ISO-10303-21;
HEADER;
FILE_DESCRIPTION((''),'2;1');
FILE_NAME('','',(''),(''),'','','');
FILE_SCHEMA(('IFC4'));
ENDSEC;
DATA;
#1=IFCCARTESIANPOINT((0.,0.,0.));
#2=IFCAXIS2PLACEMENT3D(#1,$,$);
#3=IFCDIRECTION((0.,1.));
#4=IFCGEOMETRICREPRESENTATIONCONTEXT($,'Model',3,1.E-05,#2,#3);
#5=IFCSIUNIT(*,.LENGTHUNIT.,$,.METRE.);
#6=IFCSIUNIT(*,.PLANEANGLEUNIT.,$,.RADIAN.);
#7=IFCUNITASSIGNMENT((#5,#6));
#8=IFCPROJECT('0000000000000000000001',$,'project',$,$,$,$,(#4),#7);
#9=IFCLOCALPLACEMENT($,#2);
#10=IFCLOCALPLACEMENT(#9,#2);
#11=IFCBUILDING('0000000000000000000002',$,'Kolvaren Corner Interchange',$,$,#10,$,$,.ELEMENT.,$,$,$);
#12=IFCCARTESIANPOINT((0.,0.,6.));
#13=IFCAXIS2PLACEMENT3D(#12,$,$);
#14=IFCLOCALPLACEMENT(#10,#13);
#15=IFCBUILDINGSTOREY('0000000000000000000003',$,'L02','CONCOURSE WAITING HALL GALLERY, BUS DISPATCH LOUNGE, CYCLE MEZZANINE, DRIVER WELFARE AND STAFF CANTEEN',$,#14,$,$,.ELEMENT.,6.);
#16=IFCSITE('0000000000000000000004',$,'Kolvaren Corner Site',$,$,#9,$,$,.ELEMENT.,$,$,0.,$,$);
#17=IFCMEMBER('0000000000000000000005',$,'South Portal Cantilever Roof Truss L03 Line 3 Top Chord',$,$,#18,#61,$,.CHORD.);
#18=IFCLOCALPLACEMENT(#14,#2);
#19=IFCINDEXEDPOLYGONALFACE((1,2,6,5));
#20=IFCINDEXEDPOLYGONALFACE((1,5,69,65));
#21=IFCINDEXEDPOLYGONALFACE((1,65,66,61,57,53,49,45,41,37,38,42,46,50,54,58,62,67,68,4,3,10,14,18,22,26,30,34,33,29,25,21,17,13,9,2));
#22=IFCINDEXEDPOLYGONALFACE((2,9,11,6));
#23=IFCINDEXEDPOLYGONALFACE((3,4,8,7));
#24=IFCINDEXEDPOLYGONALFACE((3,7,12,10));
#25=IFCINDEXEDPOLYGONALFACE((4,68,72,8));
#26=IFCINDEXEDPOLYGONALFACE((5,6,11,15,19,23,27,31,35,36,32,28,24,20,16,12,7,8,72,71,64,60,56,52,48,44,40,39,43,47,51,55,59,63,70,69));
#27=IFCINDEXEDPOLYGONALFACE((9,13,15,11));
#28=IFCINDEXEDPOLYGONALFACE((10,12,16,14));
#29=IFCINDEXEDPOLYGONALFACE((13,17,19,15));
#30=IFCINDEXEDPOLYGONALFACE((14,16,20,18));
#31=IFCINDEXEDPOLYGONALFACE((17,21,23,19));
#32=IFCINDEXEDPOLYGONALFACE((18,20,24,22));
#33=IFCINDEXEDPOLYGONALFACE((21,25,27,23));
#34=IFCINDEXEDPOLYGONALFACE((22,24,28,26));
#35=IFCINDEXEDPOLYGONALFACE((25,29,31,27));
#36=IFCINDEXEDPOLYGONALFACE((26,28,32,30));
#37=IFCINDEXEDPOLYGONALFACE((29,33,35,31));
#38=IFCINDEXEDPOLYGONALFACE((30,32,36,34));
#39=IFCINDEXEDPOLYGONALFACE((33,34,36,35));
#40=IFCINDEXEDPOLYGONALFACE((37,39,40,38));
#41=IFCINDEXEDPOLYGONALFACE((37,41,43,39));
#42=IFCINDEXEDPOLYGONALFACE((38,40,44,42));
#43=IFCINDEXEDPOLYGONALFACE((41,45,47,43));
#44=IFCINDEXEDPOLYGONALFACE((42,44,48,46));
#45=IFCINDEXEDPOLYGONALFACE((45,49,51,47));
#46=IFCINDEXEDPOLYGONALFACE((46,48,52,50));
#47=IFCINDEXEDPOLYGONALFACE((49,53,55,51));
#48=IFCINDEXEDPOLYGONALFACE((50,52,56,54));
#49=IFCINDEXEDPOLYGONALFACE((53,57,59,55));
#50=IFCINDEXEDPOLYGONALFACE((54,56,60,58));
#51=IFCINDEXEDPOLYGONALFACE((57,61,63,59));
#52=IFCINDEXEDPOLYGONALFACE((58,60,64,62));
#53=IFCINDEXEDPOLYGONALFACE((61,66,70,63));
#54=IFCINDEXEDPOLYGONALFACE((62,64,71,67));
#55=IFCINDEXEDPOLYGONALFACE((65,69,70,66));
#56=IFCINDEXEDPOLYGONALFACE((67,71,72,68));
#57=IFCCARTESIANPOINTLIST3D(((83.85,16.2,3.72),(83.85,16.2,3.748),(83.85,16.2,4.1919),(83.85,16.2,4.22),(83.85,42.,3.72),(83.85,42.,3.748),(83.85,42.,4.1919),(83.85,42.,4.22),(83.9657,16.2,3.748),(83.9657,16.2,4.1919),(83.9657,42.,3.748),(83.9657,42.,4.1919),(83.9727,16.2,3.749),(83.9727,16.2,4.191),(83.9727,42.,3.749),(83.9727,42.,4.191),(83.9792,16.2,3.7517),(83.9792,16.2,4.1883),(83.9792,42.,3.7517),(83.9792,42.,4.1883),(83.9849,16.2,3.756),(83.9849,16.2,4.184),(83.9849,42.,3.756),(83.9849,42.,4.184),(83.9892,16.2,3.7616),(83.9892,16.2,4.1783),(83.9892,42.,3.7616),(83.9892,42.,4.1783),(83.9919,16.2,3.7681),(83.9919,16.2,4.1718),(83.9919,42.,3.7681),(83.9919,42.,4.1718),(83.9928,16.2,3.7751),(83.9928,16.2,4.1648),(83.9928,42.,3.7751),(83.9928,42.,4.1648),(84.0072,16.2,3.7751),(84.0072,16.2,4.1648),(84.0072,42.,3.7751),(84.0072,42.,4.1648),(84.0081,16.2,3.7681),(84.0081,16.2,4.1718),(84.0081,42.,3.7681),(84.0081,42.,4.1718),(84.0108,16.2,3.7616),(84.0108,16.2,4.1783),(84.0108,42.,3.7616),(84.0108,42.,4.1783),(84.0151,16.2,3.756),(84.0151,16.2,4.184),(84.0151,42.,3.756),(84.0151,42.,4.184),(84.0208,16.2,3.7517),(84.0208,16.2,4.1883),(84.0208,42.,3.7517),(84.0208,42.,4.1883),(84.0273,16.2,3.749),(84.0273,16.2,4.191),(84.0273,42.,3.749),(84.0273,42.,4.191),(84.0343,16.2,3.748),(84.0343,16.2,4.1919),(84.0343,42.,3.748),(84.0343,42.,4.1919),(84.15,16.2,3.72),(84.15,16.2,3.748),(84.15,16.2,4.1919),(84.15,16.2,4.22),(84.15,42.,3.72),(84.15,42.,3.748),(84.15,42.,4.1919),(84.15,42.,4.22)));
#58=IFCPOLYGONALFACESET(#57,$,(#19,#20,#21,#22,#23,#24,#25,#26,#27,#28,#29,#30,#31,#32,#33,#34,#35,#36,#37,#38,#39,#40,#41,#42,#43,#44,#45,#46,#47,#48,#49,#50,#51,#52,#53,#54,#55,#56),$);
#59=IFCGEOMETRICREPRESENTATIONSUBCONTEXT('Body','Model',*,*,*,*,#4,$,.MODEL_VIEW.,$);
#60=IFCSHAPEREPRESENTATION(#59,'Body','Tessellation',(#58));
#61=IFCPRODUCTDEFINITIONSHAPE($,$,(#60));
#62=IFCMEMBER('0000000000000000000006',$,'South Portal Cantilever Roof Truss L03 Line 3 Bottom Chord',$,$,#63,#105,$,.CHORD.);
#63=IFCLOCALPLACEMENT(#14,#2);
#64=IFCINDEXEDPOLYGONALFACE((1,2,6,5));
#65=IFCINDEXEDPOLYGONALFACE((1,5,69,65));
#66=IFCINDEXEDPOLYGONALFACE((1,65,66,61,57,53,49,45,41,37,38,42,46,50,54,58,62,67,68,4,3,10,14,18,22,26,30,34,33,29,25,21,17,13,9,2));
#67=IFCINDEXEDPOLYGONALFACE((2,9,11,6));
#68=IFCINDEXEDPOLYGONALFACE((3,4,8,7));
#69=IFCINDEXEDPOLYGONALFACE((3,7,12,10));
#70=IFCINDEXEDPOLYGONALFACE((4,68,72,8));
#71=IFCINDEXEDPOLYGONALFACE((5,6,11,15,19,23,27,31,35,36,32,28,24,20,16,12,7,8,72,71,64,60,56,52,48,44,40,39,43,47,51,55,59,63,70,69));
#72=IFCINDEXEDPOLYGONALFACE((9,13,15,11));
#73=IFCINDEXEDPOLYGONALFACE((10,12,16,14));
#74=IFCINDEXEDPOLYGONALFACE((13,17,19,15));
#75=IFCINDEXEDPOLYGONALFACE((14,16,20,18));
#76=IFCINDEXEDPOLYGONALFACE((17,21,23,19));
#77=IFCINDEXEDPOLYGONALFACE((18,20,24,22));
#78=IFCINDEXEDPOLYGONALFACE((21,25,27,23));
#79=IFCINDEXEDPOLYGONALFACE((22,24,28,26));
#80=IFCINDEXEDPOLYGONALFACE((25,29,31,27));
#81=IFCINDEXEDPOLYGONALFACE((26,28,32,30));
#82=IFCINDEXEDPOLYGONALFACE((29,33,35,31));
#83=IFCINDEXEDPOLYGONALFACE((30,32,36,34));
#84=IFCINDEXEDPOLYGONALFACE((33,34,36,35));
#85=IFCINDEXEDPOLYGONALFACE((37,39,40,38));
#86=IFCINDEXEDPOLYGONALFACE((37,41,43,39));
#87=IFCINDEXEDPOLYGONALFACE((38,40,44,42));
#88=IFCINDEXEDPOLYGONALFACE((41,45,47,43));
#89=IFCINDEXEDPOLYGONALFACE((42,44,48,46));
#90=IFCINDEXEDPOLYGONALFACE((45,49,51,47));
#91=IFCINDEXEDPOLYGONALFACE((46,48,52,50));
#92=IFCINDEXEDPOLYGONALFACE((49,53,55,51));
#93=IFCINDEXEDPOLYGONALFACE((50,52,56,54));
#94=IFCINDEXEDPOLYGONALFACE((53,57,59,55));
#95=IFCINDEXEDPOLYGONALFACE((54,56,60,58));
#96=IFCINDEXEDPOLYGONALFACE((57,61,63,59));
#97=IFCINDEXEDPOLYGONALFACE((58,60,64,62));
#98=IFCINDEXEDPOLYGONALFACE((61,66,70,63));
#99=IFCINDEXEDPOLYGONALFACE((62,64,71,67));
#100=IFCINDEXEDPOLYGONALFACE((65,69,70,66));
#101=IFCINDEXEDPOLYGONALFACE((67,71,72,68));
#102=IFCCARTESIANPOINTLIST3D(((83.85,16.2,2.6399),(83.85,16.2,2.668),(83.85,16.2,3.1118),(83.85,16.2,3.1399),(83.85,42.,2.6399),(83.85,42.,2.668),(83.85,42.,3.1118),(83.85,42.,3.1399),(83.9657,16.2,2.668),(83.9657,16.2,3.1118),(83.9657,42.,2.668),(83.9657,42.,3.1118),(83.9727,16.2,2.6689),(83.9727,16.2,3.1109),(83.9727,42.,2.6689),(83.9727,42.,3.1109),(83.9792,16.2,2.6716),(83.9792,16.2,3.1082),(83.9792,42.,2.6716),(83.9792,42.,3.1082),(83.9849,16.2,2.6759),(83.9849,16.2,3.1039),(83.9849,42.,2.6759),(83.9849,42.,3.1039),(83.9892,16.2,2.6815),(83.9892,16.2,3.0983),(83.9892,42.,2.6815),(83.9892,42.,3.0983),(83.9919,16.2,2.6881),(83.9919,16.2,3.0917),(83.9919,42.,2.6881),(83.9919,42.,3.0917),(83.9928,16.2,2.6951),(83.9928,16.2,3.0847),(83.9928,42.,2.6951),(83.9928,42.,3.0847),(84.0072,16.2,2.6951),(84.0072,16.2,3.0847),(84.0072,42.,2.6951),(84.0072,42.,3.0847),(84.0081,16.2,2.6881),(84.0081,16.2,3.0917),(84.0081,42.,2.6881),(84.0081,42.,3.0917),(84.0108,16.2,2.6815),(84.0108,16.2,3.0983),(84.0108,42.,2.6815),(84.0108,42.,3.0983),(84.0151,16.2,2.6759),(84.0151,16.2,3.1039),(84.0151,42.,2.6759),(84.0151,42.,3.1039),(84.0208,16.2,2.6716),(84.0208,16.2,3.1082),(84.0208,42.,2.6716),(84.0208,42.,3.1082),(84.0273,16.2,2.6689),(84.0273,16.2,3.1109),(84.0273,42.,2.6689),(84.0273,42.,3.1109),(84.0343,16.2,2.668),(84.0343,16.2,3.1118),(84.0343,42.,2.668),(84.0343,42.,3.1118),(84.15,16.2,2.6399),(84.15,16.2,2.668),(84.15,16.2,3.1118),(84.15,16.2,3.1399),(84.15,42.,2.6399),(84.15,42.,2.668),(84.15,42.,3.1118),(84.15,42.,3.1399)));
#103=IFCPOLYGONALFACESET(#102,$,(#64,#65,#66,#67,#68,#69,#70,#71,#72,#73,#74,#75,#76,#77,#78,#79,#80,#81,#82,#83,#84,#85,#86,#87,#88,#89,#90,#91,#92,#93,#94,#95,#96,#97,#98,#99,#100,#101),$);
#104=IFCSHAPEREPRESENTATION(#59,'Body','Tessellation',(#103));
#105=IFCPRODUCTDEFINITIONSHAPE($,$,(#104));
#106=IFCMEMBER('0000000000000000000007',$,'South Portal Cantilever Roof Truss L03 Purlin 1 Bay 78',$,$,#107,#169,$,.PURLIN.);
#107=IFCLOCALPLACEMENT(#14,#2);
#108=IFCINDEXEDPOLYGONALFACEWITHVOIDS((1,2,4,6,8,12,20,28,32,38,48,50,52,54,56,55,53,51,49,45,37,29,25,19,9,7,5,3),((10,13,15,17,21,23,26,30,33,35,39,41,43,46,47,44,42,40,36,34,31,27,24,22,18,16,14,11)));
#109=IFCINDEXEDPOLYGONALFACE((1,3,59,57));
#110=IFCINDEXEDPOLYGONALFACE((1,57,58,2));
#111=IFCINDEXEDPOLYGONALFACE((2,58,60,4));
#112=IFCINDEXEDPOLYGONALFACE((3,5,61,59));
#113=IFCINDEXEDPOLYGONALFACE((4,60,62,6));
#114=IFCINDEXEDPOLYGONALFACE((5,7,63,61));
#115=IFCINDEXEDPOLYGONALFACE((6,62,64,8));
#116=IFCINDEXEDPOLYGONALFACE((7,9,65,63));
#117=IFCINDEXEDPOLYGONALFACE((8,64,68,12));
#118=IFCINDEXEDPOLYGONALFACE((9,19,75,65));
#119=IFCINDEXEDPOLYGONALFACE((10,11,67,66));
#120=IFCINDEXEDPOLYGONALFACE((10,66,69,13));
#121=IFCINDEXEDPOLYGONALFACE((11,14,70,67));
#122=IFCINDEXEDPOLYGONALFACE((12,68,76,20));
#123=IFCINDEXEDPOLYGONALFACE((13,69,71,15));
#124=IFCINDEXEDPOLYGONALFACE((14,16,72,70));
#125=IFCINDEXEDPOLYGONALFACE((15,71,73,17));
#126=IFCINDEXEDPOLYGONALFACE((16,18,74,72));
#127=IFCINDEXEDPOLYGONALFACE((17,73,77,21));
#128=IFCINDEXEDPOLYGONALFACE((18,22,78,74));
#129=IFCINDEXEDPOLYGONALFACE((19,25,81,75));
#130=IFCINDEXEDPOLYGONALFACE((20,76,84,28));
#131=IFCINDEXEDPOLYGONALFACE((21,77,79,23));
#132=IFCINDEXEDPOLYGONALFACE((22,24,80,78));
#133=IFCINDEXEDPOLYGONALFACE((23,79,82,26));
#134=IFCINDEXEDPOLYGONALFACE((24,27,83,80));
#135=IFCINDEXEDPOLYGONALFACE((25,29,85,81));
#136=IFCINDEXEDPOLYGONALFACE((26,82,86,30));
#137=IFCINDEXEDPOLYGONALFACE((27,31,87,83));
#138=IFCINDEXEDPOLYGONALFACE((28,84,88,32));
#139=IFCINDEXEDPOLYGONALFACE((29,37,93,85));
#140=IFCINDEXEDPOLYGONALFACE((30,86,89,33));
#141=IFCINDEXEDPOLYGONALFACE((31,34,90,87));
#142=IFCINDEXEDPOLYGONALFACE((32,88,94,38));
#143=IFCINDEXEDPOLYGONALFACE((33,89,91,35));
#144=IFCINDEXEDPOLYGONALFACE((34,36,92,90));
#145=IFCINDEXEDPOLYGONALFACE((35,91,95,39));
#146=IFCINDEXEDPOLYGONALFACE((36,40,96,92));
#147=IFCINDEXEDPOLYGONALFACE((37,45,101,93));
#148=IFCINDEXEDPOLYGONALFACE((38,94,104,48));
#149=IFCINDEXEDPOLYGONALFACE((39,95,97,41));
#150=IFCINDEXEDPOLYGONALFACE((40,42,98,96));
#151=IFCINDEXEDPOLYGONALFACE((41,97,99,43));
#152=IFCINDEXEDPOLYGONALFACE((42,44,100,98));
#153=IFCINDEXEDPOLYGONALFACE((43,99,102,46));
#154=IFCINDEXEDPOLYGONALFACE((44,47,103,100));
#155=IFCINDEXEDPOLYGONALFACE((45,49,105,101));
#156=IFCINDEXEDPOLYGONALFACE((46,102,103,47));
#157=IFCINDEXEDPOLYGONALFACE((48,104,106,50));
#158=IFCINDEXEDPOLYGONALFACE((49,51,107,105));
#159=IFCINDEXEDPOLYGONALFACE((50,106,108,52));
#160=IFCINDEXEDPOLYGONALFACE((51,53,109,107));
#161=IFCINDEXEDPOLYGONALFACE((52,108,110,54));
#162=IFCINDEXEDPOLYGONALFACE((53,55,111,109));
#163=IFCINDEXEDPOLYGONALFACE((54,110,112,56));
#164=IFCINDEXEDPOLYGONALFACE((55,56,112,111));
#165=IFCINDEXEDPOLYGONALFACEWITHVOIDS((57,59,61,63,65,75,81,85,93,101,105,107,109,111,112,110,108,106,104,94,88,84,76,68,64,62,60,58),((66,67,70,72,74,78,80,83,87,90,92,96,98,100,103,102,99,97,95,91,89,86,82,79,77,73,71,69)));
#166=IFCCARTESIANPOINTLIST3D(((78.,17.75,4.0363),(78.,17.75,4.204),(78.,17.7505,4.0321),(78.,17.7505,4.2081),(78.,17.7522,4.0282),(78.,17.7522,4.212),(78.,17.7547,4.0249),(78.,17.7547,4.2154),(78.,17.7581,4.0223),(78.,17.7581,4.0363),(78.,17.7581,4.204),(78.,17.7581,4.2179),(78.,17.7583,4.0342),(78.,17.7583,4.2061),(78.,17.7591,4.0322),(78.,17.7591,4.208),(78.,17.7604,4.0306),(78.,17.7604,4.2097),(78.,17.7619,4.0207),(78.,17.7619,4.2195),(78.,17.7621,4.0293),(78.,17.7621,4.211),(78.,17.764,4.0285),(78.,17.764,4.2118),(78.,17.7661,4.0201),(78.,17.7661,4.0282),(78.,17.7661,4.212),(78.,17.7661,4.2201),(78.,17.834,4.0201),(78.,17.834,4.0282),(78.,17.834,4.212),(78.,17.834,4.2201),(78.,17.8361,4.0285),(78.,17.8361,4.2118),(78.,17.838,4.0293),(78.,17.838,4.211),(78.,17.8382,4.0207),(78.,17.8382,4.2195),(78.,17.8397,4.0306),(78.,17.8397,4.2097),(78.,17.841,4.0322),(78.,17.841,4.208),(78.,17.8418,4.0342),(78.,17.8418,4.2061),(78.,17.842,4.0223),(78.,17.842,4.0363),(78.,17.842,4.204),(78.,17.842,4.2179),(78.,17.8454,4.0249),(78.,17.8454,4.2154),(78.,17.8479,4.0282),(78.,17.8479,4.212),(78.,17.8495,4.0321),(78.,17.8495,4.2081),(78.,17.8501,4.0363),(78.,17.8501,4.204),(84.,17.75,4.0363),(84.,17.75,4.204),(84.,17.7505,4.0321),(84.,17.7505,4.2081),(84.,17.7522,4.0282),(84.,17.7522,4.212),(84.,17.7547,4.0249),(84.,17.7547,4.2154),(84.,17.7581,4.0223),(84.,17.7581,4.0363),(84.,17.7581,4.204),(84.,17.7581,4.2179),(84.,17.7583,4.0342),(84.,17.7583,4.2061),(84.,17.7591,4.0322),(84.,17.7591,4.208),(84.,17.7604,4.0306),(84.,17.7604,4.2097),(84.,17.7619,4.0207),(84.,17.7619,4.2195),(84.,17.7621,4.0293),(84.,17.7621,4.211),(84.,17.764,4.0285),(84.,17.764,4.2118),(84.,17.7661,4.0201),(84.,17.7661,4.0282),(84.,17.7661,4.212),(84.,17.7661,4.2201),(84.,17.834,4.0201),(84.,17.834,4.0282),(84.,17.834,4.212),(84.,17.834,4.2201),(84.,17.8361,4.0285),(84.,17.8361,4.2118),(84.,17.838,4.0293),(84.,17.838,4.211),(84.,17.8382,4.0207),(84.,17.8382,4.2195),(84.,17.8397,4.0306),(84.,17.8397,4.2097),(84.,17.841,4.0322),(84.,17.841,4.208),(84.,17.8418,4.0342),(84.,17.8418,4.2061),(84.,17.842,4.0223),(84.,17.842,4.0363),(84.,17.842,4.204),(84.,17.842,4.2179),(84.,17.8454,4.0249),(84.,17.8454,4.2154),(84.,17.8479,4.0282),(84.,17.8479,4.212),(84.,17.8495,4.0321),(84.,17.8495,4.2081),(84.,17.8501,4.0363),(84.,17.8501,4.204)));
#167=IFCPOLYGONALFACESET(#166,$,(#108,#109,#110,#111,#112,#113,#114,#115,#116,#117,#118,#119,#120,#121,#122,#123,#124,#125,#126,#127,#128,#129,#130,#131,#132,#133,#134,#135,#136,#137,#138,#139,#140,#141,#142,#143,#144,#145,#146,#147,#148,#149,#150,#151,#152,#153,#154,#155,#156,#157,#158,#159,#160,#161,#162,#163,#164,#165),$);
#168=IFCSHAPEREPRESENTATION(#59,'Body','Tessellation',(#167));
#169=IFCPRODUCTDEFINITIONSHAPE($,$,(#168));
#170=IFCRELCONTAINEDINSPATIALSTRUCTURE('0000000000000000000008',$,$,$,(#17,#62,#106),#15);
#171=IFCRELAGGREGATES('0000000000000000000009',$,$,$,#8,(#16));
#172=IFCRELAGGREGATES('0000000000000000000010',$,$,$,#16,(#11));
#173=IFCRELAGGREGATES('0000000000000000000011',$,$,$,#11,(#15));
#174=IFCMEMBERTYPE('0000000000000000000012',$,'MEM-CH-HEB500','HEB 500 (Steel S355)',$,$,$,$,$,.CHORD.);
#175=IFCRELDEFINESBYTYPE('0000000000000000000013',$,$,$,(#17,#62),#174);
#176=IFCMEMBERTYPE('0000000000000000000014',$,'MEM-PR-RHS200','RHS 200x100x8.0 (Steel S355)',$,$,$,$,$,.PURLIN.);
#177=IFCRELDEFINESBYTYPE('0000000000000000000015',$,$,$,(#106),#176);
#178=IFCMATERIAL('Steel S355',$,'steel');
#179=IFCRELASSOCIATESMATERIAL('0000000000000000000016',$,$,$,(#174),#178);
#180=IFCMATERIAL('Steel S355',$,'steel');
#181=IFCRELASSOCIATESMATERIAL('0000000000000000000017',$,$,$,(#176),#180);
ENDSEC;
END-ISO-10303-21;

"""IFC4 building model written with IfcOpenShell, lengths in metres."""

from ifc_helpers import new_model, si_unit, direction, frame, origin, origin_2d, place, context, subcontext, project, spatial, hollow_rectangle, i_section, extrude, material, material_profile, profile_set, type_object, element, save


model = new_model("IFC4")

# Units and contexts
model_context = context("Model", 3, precision=1e-05, world=origin(), true_north=direction((0.0, 1.0)))
body_context = subcontext(model_context, "Body", "Model", "MODEL_VIEW")
ifc_project = project(units=[si_unit("LENGTHUNIT", "METRE"), si_unit("PLANEANGLEUNIT", "RADIAN")], contexts=[model_context])

# Site, building, storey
site_placement = place(None, origin())
site = spatial("IfcSite", under=ifc_project, at=site_placement, Name="Kolvaren Corner Site", CompositionType="ELEMENT", RefElevation=0.0)
building_placement = place(site_placement, origin())
building = spatial("IfcBuilding", under=site, at=building_placement, Name="Kolvaren Corner Interchange", CompositionType="ELEMENT")
storey_placement = place(building_placement, frame((0.0, 0.0, 6.0)))
storey = spatial("IfcBuildingStorey", under=building, at=storey_placement, Name="L02", Description="CONCOURSE WAITING HALL GALLERY, BUS DISPATCH LOUNGE, CYCLE MEZZANINE, DRIVER WELFARE AND STAFF CANTEEN", CompositionType="ELEMENT", Elevation=6.0)

# Members
ifc_material_1 = material(Name="Steel S355", Category="steel")
ifc_material_profile_1 = material_profile(ifc_material_1, i_section(OverallWidth=0.3, OverallDepth=0.5, WebThickness=0.0144, FlangeThickness=0.0281, FilletRadius=0.0271, at=origin_2d()), Name="HEB 500")
ifc_profile_set_1 = profile_set([ifc_material_profile_1], Name="Steel S355")
member_type_1 = type_object("IfcMemberType", Name="MEM-CH-HEB500", Description="HEB 500 (Steel S355)", PredefinedType="CHORD", material=ifc_profile_set_1)
for number, where, z_axis, x_axis, name in (
    (1, (84.0, 16.2, 3.97), (0.0, 1.0, 0.0), (-1.0, 0.0, 0.0), "South Portal Cantilever Roof Truss L03 Line 3 Top Chord"),
    (2, (84.0, 16.2, 2.8899), (0.0, 1.0, 0.0), (-1.0, 0.0, 0.0), "South Portal Cantilever Roof Truss L03 Line 3 Bottom Chord"),
):
    element("IfcMember", number, at=place(storey_placement, frame(where, z_axis=z_axis, x_axis=x_axis)), inside=storey, type_object=member_type_1, Name=name, PredefinedType="CHORD", context=body_context, shape_type="SweptSolid", body=[
        extrude(i_section(OverallWidth=0.3, OverallDepth=0.5, WebThickness=0.0144, FlangeThickness=0.0281, FilletRadius=0.0271, at=origin_2d()), origin(), (0.0, 0.0, 1.0), 25.8),
    ])
ifc_material_2 = material(Name="Steel S355", Category="steel")
ifc_material_profile_2 = material_profile(ifc_material_2, hollow_rectangle(XDim=0.1001, YDim=0.2, WallThickness=0.0081, InnerFilletRadius=0.0081, OuterFilletRadius=0.0161, at=origin_2d()), Name="RHS 200x100x8.0")
ifc_profile_set_2 = profile_set([ifc_material_profile_2], Name="Steel S355")
member_type_2 = type_object("IfcMemberType", Name="MEM-PR-RHS200", Description="RHS 200x100x8.0 (Steel S355)", PredefinedType="PURLIN", material=ifc_profile_set_2)
for number, where, z_axis, x_axis, name in (
    (3, (78.0, 17.8, 4.1201), (1.0, 0.0, 0.0), (0.0, 1.0, 0.0), "South Portal Cantilever Roof Truss L03 Purlin 1 Bay 78"),
):
    element("IfcMember", number, at=place(storey_placement, frame(where, z_axis=z_axis, x_axis=x_axis)), inside=storey, type_object=member_type_2, Name=name, PredefinedType="PURLIN", context=body_context, shape_type="SweptSolid", body=[
        extrude(hollow_rectangle(XDim=0.1001, YDim=0.2, WallThickness=0.0081, InnerFilletRadius=0.0081, OuterFilletRadius=0.0161, at=origin_2d()), origin(), (0.0, 0.0, 1.0), 6.0),
    ])

save(model, "model.ifc")
